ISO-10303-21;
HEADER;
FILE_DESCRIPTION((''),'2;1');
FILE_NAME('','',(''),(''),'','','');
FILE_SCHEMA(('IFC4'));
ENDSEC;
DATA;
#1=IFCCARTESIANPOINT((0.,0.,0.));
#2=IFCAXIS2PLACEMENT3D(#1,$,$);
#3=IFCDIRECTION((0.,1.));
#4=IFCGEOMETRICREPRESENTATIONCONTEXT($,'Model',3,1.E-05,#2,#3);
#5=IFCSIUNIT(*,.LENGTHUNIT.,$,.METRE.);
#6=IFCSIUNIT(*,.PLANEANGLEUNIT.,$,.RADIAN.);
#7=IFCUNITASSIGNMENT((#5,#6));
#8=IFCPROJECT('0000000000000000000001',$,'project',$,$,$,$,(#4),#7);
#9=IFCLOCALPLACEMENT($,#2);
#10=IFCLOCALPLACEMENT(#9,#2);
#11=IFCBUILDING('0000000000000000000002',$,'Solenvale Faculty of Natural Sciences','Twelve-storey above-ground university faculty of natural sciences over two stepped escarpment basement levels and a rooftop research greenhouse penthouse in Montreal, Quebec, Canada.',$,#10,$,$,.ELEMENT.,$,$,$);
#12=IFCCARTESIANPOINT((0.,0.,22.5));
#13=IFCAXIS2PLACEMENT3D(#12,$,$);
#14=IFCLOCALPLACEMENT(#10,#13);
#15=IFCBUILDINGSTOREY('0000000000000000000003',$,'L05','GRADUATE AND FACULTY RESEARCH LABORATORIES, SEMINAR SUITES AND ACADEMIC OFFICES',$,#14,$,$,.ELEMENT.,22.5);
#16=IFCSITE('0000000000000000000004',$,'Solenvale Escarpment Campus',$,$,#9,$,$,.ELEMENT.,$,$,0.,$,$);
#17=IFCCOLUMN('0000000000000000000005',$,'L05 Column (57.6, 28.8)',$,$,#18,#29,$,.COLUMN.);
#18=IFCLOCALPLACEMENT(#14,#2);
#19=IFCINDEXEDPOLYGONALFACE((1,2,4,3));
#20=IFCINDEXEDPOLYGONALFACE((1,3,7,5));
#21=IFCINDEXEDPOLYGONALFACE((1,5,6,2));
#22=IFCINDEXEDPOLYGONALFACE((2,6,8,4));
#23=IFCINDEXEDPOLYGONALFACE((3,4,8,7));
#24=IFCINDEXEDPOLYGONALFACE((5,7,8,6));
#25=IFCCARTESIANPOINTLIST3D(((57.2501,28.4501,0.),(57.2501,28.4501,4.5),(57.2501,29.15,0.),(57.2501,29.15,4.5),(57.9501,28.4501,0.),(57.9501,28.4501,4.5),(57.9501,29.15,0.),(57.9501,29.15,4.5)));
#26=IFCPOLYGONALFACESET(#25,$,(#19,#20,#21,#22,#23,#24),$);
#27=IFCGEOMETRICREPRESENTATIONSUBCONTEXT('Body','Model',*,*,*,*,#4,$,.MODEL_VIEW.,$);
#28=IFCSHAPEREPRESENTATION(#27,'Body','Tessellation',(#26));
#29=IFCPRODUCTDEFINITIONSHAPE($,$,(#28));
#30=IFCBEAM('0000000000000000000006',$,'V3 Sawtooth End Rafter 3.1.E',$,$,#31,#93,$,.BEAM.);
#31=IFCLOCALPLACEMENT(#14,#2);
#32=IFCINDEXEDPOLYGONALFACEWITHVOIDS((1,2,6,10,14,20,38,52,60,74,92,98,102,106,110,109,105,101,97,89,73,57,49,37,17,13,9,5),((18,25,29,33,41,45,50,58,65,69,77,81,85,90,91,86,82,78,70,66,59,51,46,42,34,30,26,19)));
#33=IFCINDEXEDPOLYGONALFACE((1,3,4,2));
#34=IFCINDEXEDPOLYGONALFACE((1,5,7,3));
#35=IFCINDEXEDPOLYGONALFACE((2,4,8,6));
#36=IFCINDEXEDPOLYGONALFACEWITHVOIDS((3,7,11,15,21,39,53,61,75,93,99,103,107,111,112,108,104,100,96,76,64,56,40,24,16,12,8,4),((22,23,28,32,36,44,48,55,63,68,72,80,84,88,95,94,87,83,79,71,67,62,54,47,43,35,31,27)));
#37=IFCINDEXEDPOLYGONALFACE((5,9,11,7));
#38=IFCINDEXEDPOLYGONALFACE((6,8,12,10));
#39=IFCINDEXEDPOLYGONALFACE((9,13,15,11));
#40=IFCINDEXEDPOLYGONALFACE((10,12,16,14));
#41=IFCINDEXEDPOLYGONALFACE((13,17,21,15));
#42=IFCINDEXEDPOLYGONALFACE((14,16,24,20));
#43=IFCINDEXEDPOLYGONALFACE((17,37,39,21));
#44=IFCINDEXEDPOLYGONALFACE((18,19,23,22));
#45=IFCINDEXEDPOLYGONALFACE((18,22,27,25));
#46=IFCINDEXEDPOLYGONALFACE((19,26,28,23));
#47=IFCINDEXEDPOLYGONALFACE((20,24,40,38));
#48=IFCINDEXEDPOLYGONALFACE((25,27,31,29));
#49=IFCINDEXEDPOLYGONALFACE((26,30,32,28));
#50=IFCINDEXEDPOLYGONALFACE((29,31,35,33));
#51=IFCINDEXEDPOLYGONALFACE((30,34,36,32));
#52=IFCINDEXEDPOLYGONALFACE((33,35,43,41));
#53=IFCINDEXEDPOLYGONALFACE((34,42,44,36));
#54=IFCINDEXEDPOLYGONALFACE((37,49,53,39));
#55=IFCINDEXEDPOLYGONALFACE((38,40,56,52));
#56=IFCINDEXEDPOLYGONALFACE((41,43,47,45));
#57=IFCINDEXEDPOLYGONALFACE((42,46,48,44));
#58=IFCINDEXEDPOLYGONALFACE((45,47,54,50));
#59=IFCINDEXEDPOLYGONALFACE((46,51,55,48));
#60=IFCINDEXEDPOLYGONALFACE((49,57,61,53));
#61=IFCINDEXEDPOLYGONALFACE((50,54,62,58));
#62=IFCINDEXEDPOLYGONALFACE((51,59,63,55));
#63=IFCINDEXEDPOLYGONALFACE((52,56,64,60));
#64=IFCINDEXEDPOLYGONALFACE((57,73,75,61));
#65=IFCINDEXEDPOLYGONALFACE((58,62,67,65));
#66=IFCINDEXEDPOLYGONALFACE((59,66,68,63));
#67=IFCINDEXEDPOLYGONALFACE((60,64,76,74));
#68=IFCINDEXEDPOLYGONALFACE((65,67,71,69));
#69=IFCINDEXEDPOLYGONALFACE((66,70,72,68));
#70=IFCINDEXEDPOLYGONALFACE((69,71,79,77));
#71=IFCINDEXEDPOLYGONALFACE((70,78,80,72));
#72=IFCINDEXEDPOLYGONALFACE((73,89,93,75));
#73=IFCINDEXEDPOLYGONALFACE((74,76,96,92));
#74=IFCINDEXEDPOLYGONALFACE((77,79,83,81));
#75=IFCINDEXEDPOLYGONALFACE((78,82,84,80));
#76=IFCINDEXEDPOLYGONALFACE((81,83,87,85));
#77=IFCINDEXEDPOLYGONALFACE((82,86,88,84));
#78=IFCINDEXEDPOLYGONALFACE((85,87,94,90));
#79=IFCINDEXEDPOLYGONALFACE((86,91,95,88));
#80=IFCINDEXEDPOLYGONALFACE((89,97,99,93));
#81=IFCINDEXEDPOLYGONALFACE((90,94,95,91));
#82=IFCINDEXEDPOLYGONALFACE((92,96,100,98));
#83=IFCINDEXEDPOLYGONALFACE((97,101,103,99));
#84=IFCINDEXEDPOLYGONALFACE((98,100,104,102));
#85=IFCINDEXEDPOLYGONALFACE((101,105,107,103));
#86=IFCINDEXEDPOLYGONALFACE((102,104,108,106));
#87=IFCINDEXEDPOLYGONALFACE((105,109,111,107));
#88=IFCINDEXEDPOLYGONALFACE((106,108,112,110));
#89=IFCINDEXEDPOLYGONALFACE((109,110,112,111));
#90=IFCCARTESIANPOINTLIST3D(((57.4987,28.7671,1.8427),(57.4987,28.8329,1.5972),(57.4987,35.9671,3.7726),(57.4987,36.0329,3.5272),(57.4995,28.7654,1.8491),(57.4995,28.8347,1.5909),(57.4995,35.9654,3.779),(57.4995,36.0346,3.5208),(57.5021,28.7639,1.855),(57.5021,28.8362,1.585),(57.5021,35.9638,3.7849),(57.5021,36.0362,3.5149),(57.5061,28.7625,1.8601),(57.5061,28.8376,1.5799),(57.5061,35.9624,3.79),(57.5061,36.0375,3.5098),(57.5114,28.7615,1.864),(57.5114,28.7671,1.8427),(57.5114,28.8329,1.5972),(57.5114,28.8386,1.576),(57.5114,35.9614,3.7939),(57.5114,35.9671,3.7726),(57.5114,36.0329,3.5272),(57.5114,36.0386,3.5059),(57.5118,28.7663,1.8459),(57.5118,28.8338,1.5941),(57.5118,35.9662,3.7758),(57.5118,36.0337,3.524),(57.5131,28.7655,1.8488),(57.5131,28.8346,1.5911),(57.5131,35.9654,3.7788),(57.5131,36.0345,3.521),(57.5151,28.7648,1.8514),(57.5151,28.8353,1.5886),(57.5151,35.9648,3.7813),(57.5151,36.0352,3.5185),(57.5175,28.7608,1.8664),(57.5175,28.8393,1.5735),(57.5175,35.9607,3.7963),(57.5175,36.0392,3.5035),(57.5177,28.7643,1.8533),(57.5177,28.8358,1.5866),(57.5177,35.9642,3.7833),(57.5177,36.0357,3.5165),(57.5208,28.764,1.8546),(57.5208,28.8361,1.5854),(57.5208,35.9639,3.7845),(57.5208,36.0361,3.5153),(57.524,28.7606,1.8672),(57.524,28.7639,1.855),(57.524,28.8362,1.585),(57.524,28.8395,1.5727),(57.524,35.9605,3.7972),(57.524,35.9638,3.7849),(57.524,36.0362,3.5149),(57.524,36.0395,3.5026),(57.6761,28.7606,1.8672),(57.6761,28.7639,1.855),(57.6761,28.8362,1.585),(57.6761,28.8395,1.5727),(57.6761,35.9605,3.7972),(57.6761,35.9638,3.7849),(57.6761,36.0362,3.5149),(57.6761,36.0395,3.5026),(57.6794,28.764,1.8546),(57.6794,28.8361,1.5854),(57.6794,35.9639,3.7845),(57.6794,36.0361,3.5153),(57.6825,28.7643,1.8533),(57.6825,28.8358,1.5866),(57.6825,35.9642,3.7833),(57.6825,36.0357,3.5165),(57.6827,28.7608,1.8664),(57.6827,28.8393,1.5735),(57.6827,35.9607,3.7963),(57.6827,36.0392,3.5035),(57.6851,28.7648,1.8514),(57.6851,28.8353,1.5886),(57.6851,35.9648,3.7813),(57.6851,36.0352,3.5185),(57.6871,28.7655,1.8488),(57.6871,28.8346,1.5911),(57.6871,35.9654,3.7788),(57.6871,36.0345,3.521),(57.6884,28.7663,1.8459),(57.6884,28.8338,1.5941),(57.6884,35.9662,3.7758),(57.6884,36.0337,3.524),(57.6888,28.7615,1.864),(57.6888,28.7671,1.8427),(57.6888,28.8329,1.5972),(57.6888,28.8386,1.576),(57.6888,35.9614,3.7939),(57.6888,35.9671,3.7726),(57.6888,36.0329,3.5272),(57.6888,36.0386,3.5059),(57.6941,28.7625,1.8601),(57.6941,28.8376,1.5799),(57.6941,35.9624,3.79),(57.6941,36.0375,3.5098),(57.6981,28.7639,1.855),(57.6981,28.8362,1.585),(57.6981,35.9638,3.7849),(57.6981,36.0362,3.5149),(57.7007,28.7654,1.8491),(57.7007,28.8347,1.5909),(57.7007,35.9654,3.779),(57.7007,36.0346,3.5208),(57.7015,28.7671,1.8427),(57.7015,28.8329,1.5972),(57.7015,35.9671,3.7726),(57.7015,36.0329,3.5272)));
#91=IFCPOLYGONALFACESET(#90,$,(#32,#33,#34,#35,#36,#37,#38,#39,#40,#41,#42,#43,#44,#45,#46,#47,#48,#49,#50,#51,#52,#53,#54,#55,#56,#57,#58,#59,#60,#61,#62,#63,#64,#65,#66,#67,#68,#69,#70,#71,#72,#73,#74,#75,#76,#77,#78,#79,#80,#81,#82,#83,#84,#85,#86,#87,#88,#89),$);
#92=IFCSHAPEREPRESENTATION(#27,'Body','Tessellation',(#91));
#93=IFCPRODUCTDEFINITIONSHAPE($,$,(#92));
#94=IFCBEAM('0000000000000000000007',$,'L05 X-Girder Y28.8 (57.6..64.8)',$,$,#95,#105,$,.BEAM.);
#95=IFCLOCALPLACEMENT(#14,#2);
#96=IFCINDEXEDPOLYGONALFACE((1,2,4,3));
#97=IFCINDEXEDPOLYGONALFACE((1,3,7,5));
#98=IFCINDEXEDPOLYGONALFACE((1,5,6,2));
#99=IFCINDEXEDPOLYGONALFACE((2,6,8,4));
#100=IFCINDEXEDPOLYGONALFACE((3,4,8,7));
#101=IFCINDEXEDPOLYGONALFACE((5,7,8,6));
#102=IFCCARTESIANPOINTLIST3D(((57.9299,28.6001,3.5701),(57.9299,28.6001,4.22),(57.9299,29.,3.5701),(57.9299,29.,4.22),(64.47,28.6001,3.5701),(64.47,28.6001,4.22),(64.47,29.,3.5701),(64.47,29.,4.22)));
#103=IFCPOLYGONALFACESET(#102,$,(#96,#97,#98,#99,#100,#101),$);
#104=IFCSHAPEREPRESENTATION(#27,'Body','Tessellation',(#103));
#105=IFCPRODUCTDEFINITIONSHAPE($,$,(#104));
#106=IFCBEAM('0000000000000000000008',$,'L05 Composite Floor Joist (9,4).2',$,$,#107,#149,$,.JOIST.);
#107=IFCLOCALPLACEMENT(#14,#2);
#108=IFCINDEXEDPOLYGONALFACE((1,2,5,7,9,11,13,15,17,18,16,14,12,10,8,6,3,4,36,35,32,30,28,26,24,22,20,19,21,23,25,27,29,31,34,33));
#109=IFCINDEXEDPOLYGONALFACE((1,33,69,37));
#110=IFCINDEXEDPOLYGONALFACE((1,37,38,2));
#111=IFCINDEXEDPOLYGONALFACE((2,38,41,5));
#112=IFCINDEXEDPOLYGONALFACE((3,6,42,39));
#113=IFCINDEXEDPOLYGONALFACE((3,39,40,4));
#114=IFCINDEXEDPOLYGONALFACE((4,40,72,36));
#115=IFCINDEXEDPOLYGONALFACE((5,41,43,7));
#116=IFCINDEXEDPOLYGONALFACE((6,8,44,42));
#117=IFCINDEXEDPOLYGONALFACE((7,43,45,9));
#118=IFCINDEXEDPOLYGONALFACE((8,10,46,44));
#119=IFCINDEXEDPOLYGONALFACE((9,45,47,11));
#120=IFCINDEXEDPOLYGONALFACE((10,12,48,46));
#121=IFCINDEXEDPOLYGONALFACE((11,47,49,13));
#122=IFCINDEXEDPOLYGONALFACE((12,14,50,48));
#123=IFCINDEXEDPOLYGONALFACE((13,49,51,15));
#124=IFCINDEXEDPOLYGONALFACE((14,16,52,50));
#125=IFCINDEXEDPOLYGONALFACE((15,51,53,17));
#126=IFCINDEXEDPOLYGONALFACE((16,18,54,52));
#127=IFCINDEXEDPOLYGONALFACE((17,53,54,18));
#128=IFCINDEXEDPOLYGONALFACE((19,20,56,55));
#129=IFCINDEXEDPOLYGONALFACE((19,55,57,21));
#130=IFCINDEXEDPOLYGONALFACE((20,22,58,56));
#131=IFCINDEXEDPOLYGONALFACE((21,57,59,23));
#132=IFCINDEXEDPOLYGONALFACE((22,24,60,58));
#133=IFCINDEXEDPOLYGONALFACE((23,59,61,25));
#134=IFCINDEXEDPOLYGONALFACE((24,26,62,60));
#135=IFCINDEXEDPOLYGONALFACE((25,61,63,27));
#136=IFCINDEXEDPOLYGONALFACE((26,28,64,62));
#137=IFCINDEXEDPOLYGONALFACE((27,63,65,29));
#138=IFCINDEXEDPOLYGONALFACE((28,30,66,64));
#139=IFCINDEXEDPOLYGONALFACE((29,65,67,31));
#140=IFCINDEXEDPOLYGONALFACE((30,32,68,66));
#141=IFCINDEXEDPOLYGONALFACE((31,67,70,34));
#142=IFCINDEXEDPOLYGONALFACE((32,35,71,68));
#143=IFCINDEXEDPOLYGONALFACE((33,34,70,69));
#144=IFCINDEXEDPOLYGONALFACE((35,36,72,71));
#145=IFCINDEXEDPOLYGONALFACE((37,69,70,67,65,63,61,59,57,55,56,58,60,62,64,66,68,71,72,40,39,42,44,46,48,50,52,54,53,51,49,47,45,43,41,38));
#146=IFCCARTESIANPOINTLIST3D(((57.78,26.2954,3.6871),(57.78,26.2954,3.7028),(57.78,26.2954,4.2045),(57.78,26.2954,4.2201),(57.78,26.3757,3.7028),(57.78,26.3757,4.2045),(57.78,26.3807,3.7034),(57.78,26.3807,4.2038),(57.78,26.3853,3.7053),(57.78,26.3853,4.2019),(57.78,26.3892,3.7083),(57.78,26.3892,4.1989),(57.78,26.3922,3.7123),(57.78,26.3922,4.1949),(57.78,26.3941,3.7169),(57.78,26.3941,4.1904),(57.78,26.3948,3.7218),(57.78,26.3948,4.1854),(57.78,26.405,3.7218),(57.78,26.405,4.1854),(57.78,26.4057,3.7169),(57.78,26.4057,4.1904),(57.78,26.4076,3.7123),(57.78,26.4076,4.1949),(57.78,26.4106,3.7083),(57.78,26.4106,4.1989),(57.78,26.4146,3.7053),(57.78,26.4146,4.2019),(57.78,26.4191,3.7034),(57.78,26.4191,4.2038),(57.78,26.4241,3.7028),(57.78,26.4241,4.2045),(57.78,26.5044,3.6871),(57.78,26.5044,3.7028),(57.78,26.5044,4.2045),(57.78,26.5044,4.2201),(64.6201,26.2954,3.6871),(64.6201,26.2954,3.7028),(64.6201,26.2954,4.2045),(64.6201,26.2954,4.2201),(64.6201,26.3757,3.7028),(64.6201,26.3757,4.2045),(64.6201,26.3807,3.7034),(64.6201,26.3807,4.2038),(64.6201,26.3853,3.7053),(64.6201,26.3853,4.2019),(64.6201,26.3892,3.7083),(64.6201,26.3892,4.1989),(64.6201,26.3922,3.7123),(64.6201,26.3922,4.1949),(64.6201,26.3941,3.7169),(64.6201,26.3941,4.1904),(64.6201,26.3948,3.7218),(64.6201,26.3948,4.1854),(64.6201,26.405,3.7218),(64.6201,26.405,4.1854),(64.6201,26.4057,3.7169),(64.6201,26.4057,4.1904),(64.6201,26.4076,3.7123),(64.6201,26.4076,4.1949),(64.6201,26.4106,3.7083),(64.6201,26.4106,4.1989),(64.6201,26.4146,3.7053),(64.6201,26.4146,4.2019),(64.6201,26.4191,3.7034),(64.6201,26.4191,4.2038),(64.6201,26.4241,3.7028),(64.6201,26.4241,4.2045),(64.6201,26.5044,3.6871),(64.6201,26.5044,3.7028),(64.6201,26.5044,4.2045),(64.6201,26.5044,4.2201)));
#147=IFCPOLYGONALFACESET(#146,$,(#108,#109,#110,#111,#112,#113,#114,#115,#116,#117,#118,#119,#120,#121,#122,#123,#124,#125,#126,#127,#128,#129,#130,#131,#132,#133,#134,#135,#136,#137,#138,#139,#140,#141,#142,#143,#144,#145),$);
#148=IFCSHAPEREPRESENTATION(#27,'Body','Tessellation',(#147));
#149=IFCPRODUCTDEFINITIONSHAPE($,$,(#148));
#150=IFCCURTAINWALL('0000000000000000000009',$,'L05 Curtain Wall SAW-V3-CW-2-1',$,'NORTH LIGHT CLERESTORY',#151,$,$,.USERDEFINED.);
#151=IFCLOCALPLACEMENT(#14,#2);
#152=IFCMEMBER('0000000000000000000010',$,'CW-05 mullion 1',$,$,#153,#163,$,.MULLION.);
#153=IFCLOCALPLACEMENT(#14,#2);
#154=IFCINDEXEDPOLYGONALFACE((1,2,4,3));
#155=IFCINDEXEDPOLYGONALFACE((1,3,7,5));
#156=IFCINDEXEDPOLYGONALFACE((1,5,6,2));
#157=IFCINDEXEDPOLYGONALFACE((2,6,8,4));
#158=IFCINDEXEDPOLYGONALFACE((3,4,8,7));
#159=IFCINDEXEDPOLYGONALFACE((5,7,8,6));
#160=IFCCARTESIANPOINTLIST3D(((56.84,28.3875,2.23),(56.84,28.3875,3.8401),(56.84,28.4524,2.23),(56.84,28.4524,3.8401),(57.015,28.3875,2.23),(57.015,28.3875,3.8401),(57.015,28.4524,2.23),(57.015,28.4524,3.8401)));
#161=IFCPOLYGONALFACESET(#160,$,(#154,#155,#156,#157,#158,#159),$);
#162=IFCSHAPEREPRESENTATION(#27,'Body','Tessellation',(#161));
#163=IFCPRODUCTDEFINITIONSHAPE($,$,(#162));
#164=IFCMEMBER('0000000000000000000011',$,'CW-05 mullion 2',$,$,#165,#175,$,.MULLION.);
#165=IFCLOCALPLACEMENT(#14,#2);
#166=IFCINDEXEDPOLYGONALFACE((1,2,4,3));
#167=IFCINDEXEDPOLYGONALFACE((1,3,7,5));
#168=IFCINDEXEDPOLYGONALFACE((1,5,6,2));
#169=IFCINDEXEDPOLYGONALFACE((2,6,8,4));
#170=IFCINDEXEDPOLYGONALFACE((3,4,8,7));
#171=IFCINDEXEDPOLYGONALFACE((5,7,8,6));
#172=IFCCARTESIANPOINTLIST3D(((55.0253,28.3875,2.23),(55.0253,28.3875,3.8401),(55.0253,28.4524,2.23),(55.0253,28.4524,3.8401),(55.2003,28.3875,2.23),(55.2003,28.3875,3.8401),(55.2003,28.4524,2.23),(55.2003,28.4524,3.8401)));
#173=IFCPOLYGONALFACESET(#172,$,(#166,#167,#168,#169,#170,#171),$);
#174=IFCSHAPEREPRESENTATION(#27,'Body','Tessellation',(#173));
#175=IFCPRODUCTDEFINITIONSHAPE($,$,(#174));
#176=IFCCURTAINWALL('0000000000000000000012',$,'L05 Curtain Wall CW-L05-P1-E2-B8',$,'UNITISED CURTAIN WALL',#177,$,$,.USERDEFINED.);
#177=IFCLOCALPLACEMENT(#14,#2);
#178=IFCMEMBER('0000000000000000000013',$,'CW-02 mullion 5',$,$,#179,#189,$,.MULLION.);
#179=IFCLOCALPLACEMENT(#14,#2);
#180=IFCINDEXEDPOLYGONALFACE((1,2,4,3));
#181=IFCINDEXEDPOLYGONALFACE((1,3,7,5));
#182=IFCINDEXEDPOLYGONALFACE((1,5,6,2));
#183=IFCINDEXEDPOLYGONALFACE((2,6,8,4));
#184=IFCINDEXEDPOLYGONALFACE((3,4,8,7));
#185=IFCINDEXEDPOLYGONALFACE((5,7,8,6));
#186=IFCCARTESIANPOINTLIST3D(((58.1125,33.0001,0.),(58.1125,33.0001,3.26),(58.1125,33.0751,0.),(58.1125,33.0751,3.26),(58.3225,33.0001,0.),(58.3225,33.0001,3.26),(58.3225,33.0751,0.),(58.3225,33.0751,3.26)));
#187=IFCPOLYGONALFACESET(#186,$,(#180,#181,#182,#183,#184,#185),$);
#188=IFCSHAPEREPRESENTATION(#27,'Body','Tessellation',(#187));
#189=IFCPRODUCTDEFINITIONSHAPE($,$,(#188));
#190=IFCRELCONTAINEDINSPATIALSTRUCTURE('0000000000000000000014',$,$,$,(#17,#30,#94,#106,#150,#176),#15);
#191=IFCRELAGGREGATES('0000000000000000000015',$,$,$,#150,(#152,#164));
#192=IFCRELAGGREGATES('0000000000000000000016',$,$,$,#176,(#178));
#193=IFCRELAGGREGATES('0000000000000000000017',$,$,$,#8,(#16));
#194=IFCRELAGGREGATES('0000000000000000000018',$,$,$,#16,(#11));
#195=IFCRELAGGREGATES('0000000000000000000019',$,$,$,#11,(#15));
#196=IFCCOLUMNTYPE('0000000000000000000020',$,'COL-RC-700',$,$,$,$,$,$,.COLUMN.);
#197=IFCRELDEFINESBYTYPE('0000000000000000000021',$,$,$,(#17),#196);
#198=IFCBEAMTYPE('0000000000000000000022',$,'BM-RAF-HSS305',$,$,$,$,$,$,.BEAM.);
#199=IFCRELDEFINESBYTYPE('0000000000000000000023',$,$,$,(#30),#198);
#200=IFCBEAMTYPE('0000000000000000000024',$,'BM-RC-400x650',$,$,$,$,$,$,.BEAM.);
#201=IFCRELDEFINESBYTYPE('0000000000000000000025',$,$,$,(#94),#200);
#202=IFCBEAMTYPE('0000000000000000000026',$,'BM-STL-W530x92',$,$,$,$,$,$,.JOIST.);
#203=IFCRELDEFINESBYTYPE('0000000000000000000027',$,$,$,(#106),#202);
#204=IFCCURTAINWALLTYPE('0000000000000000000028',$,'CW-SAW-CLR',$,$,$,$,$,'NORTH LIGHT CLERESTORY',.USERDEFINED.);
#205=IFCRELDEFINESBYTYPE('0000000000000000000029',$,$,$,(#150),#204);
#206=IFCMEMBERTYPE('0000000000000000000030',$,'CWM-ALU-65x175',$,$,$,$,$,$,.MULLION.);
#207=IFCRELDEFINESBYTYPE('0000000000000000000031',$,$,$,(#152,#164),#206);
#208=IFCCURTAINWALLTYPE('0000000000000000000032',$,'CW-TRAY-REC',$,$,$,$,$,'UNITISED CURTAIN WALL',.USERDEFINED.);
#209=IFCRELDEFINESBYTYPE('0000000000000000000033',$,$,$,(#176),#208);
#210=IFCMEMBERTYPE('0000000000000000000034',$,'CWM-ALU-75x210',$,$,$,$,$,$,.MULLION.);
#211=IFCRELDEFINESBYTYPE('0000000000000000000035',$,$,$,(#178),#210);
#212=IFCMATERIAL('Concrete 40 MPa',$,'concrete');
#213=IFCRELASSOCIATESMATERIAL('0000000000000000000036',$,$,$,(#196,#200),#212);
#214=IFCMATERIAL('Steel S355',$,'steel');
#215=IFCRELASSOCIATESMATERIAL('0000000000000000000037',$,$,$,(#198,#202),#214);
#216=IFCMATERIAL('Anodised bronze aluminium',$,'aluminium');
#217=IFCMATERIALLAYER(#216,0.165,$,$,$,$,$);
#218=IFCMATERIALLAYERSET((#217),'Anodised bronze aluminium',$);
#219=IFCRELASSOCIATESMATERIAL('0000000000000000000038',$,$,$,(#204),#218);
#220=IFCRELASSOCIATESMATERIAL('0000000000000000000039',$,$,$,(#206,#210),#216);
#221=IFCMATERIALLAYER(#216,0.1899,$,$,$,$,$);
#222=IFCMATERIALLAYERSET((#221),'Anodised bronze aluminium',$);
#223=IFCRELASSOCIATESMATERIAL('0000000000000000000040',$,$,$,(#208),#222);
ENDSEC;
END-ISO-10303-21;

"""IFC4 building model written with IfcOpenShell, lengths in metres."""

from ifc_helpers import new_model, si_unit, direction, frame, origin, origin_2d, place, context, subcontext, project, spatial, rectangle, hollow_rectangle, i_section, extrude, material, layer, layer_set, material_profile, profile_set, type_object, element, aggregate, save


model = new_model("IFC4")

# Units and contexts
model_context = context("Model", 3, precision=1e-05, world=origin(), true_north=direction((0.0, 1.0)))
body_context = subcontext(model_context, "Body", "Model", "MODEL_VIEW")
ifc_project = project(units=[si_unit("LENGTHUNIT", "METRE"), si_unit("PLANEANGLEUNIT", "RADIAN")], contexts=[model_context])

# Site, building, storey
site_placement = place(None, origin())
site = spatial("IfcSite", under=ifc_project, at=site_placement, Name="Solenvale Escarpment Campus", CompositionType="ELEMENT", RefElevation=0.0)
building_placement = place(site_placement, origin())
building = spatial("IfcBuilding", under=site, at=building_placement, Name="Solenvale Faculty of Natural Sciences", Description="Twelve-storey above-ground university faculty of natural sciences over two stepped escarpment basement levels and a rooftop research greenhouse penthouse in Montreal, Quebec, Canada.", CompositionType="ELEMENT")
storey_placement = place(building_placement, frame((0.0, 0.0, 22.5)))
storey = spatial("IfcBuildingStorey", under=building, at=storey_placement, Name="L05", Description="GRADUATE AND FACULTY RESEARCH LABORATORIES, SEMINAR SUITES AND ACADEMIC OFFICES", CompositionType="ELEMENT", Elevation=22.5)

# Column
ifc_material_1 = material(Name="Concrete 40 MPa", Category="concrete")
ifc_material_profile_1 = material_profile(ifc_material_1, rectangle(XDim=0.7, YDim=0.7, at=origin_2d()), Name="RC-COL-700x700")
ifc_profile_set_1 = profile_set([ifc_material_profile_1], Name="Concrete 40 MPa")
column_type = type_object("IfcColumnType", Name="COL-RC-700", PredefinedType="COLUMN", material=ifc_profile_set_1)
column_placement = place(storey_placement, frame((57.6001, 28.8, 0.0), z_axis=(0.0, 0.0, 1.0), x_axis=(1.0, 0.0, 0.0)))
element("IfcColumn", 1, at=column_placement, inside=storey, type_object=column_type, Name="L05 Column (57.6, 28.8)", PredefinedType="COLUMN", context=body_context, shape_type="SweptSolid", body=[
    extrude(rectangle(XDim=0.7, YDim=0.7, at=origin_2d()), origin(), (0.0, 0.0, 1.0), 4.5),
])

# Beams
ifc_material_2 = material(Name="Steel S355", Category="steel")
ifc_material_profile_2 = material_profile(ifc_material_2, hollow_rectangle(XDim=0.2029, YDim=0.3049, WallThickness=0.0127, InnerFilletRadius=0.0127, OuterFilletRadius=0.0254, at=origin_2d()), Name="HSS305x203x13")
ifc_profile_set_2 = profile_set([ifc_material_profile_2], Name="Steel S355")
beam_type_1 = type_object("IfcBeamType", Name="BM-RAF-HSS305", PredefinedType="BEAM", material=ifc_profile_set_2)
beam_1_placement = place(storey_placement, frame((57.6001, 28.8, 1.72), z_axis=(0.0, 0.965902, 0.258908), x_axis=(-1.0, 0.0, 0.0)))
element("IfcBeam", 2, at=beam_1_placement, inside=storey, type_object=beam_type_1, Name="V3 Sawtooth End Rafter 3.1.E", PredefinedType="BEAM", context=body_context, shape_type="SweptSolid", body=[
    extrude(hollow_rectangle(XDim=0.2029, YDim=0.3049, WallThickness=0.0127, InnerFilletRadius=0.0127, OuterFilletRadius=0.0254, at=origin_2d()), origin(), (0.0, 0.0, 1.0), 7.4541),
])
ifc_material_profile_3 = material_profile(ifc_material_1, rectangle(XDim=0.3999, YDim=0.6499, at=origin_2d()), Name="RC-BM-400x650")
ifc_profile_set_3 = profile_set([ifc_material_profile_3], Name="Concrete 40 MPa")
beam_type_2 = type_object("IfcBeamType", Name="BM-RC-400x650", PredefinedType="BEAM", material=ifc_profile_set_3)
beam_2_placement = place(storey_placement, frame((57.9299, 28.8, 3.895), z_axis=(1.0, 0.0, 0.0), x_axis=(0.0, 1.0, 0.0)))
element("IfcBeam", 3, at=beam_2_placement, inside=storey, type_object=beam_type_2, Name="L05 X-Girder Y28.8 (57.6..64.8)", PredefinedType="BEAM", context=body_context, shape_type="SweptSolid", body=[
    extrude(rectangle(XDim=0.3999, YDim=0.6499, at=origin_2d()), origin(), (0.0, 0.0, 1.0), 6.54),
])
ifc_material_profile_4 = material_profile(ifc_material_2, i_section(OverallWidth=0.209, OverallDepth=0.533, WebThickness=0.0103, FlangeThickness=0.0156, FilletRadius=0.019, at=origin_2d()), Name="W530x92")
ifc_profile_set_4 = profile_set([ifc_material_profile_4], Name="Steel S355")
beam_type_3 = type_object("IfcBeamType", Name="BM-STL-W530x92", PredefinedType="JOIST", material=ifc_profile_set_4)
beam_3_placement = place(storey_placement, frame((57.78, 26.3999, 3.9536), z_axis=(1.0, 0.0, 0.0), x_axis=(0.0, 1.0, 0.0)))
element("IfcBeam", 4, at=beam_3_placement, inside=storey, type_object=beam_type_3, Name="L05 Composite Floor Joist (9,4).2", PredefinedType="JOIST", context=body_context, shape_type="SweptSolid", body=[
    extrude(i_section(OverallWidth=0.209, OverallDepth=0.533, WebThickness=0.0103, FlangeThickness=0.0156, FilletRadius=0.019, at=origin_2d()), origin(), (0.0, 0.0, 1.0), 6.8401),
])

# Curtain wall, members
ifc_material_3 = material(Name="Anodised bronze aluminium", Category="aluminium")
ifc_layer_1 = layer(ifc_material_3, 0.165)
ifc_layer_set_1 = layer_set([ifc_layer_1], Name="Anodised bronze aluminium")
curtain_wall_type_1 = type_object("IfcCurtainWallType", Name="CW-SAW-CLR", ElementType="NORTH LIGHT CLERESTORY", PredefinedType="USERDEFINED", material=ifc_layer_set_1)
curtain_wall_1_placement = place(storey_placement, origin())
curtain_wall_1 = element("IfcCurtainWall", 5, at=curtain_wall_1_placement, inside=storey, type_object=curtain_wall_type_1, Name="L05 Curtain Wall SAW-V3-CW-2-1", ObjectType="NORTH LIGHT CLERESTORY", PredefinedType="USERDEFINED")
ifc_material_profile_5 = material_profile(ifc_material_3, rectangle(XDim=0.0649, YDim=0.175, at=origin_2d()), Name="ALU-MUL-65x175")
ifc_profile_set_5 = profile_set([ifc_material_profile_5], Name="Anodised bronze aluminium")
member_type_1 = type_object("IfcMemberType", Name="CWM-ALU-65x175", PredefinedType="MULLION", material=ifc_profile_set_5)
member_1_placement = place(storey_placement, frame((56.9275, 28.4199, 2.23), z_axis=(0.0, 0.0, 1.0), x_axis=(0.0, -1.0, 0.0)))
member_1 = element("IfcMember", 6, at=member_1_placement, type_object=member_type_1, Name="CW-05 mullion 1", PredefinedType="MULLION", context=body_context, shape_type="SweptSolid", body=[
    extrude(rectangle(XDim=0.0649, YDim=0.175, at=origin_2d()), origin(), (0.0, 0.0, 1.0), 1.6101),
])
member_2_placement = place(storey_placement, frame((55.1128, 28.4199, 2.23), z_axis=(0.0, 0.0, 1.0), x_axis=(0.0, -1.0, 0.0)))
member_2 = element("IfcMember", 7, at=member_2_placement, type_object=member_type_1, Name="CW-05 mullion 2", PredefinedType="MULLION", context=body_context, shape_type="SweptSolid", body=[
    extrude(rectangle(XDim=0.0649, YDim=0.175, at=origin_2d()), origin(), (0.0, 0.0, 1.0), 1.6101),
])

# Curtain wall, member
ifc_layer_2 = layer(ifc_material_3, 0.1899)
ifc_layer_set_2 = layer_set([ifc_layer_2], Name="Anodised bronze aluminium")
curtain_wall_type_2 = type_object("IfcCurtainWallType", Name="CW-TRAY-REC", ElementType="UNITISED CURTAIN WALL", PredefinedType="USERDEFINED", material=ifc_layer_set_2)
curtain_wall_2_placement = place(storey_placement, origin())
curtain_wall_2 = element("IfcCurtainWall", 8, at=curtain_wall_2_placement, inside=storey, type_object=curtain_wall_type_2, Name="L05 Curtain Wall CW-L05-P1-E2-B8", ObjectType="UNITISED CURTAIN WALL", PredefinedType="USERDEFINED")
ifc_material_profile_6 = material_profile(ifc_material_3, rectangle(XDim=0.075, YDim=0.21, at=origin_2d()), Name="ALU-MUL-75x210")
ifc_profile_set_6 = profile_set([ifc_material_profile_6], Name="Anodised bronze aluminium")
member_type_2 = type_object("IfcMemberType", Name="CWM-ALU-75x210", PredefinedType="MULLION", material=ifc_profile_set_6)
member_3_placement = place(storey_placement, frame((58.2175, 33.0376, 0.0), z_axis=(0.0, 0.0, 1.0), x_axis=(0.0, -1.0, 0.0)))
member_3 = element("IfcMember", 9, at=member_3_placement, type_object=member_type_2, Name="CW-02 mullion 5", PredefinedType="MULLION", context=body_context, shape_type="SweptSolid", body=[
    extrude(rectangle(XDim=0.075, YDim=0.21, at=origin_2d()), origin(), (0.0, 0.0, 1.0), 3.26),
])

aggregate(curtain_wall_1, [member_1, member_2])
aggregate(curtain_wall_2, [member_3])

save(model, "model.ifc")
